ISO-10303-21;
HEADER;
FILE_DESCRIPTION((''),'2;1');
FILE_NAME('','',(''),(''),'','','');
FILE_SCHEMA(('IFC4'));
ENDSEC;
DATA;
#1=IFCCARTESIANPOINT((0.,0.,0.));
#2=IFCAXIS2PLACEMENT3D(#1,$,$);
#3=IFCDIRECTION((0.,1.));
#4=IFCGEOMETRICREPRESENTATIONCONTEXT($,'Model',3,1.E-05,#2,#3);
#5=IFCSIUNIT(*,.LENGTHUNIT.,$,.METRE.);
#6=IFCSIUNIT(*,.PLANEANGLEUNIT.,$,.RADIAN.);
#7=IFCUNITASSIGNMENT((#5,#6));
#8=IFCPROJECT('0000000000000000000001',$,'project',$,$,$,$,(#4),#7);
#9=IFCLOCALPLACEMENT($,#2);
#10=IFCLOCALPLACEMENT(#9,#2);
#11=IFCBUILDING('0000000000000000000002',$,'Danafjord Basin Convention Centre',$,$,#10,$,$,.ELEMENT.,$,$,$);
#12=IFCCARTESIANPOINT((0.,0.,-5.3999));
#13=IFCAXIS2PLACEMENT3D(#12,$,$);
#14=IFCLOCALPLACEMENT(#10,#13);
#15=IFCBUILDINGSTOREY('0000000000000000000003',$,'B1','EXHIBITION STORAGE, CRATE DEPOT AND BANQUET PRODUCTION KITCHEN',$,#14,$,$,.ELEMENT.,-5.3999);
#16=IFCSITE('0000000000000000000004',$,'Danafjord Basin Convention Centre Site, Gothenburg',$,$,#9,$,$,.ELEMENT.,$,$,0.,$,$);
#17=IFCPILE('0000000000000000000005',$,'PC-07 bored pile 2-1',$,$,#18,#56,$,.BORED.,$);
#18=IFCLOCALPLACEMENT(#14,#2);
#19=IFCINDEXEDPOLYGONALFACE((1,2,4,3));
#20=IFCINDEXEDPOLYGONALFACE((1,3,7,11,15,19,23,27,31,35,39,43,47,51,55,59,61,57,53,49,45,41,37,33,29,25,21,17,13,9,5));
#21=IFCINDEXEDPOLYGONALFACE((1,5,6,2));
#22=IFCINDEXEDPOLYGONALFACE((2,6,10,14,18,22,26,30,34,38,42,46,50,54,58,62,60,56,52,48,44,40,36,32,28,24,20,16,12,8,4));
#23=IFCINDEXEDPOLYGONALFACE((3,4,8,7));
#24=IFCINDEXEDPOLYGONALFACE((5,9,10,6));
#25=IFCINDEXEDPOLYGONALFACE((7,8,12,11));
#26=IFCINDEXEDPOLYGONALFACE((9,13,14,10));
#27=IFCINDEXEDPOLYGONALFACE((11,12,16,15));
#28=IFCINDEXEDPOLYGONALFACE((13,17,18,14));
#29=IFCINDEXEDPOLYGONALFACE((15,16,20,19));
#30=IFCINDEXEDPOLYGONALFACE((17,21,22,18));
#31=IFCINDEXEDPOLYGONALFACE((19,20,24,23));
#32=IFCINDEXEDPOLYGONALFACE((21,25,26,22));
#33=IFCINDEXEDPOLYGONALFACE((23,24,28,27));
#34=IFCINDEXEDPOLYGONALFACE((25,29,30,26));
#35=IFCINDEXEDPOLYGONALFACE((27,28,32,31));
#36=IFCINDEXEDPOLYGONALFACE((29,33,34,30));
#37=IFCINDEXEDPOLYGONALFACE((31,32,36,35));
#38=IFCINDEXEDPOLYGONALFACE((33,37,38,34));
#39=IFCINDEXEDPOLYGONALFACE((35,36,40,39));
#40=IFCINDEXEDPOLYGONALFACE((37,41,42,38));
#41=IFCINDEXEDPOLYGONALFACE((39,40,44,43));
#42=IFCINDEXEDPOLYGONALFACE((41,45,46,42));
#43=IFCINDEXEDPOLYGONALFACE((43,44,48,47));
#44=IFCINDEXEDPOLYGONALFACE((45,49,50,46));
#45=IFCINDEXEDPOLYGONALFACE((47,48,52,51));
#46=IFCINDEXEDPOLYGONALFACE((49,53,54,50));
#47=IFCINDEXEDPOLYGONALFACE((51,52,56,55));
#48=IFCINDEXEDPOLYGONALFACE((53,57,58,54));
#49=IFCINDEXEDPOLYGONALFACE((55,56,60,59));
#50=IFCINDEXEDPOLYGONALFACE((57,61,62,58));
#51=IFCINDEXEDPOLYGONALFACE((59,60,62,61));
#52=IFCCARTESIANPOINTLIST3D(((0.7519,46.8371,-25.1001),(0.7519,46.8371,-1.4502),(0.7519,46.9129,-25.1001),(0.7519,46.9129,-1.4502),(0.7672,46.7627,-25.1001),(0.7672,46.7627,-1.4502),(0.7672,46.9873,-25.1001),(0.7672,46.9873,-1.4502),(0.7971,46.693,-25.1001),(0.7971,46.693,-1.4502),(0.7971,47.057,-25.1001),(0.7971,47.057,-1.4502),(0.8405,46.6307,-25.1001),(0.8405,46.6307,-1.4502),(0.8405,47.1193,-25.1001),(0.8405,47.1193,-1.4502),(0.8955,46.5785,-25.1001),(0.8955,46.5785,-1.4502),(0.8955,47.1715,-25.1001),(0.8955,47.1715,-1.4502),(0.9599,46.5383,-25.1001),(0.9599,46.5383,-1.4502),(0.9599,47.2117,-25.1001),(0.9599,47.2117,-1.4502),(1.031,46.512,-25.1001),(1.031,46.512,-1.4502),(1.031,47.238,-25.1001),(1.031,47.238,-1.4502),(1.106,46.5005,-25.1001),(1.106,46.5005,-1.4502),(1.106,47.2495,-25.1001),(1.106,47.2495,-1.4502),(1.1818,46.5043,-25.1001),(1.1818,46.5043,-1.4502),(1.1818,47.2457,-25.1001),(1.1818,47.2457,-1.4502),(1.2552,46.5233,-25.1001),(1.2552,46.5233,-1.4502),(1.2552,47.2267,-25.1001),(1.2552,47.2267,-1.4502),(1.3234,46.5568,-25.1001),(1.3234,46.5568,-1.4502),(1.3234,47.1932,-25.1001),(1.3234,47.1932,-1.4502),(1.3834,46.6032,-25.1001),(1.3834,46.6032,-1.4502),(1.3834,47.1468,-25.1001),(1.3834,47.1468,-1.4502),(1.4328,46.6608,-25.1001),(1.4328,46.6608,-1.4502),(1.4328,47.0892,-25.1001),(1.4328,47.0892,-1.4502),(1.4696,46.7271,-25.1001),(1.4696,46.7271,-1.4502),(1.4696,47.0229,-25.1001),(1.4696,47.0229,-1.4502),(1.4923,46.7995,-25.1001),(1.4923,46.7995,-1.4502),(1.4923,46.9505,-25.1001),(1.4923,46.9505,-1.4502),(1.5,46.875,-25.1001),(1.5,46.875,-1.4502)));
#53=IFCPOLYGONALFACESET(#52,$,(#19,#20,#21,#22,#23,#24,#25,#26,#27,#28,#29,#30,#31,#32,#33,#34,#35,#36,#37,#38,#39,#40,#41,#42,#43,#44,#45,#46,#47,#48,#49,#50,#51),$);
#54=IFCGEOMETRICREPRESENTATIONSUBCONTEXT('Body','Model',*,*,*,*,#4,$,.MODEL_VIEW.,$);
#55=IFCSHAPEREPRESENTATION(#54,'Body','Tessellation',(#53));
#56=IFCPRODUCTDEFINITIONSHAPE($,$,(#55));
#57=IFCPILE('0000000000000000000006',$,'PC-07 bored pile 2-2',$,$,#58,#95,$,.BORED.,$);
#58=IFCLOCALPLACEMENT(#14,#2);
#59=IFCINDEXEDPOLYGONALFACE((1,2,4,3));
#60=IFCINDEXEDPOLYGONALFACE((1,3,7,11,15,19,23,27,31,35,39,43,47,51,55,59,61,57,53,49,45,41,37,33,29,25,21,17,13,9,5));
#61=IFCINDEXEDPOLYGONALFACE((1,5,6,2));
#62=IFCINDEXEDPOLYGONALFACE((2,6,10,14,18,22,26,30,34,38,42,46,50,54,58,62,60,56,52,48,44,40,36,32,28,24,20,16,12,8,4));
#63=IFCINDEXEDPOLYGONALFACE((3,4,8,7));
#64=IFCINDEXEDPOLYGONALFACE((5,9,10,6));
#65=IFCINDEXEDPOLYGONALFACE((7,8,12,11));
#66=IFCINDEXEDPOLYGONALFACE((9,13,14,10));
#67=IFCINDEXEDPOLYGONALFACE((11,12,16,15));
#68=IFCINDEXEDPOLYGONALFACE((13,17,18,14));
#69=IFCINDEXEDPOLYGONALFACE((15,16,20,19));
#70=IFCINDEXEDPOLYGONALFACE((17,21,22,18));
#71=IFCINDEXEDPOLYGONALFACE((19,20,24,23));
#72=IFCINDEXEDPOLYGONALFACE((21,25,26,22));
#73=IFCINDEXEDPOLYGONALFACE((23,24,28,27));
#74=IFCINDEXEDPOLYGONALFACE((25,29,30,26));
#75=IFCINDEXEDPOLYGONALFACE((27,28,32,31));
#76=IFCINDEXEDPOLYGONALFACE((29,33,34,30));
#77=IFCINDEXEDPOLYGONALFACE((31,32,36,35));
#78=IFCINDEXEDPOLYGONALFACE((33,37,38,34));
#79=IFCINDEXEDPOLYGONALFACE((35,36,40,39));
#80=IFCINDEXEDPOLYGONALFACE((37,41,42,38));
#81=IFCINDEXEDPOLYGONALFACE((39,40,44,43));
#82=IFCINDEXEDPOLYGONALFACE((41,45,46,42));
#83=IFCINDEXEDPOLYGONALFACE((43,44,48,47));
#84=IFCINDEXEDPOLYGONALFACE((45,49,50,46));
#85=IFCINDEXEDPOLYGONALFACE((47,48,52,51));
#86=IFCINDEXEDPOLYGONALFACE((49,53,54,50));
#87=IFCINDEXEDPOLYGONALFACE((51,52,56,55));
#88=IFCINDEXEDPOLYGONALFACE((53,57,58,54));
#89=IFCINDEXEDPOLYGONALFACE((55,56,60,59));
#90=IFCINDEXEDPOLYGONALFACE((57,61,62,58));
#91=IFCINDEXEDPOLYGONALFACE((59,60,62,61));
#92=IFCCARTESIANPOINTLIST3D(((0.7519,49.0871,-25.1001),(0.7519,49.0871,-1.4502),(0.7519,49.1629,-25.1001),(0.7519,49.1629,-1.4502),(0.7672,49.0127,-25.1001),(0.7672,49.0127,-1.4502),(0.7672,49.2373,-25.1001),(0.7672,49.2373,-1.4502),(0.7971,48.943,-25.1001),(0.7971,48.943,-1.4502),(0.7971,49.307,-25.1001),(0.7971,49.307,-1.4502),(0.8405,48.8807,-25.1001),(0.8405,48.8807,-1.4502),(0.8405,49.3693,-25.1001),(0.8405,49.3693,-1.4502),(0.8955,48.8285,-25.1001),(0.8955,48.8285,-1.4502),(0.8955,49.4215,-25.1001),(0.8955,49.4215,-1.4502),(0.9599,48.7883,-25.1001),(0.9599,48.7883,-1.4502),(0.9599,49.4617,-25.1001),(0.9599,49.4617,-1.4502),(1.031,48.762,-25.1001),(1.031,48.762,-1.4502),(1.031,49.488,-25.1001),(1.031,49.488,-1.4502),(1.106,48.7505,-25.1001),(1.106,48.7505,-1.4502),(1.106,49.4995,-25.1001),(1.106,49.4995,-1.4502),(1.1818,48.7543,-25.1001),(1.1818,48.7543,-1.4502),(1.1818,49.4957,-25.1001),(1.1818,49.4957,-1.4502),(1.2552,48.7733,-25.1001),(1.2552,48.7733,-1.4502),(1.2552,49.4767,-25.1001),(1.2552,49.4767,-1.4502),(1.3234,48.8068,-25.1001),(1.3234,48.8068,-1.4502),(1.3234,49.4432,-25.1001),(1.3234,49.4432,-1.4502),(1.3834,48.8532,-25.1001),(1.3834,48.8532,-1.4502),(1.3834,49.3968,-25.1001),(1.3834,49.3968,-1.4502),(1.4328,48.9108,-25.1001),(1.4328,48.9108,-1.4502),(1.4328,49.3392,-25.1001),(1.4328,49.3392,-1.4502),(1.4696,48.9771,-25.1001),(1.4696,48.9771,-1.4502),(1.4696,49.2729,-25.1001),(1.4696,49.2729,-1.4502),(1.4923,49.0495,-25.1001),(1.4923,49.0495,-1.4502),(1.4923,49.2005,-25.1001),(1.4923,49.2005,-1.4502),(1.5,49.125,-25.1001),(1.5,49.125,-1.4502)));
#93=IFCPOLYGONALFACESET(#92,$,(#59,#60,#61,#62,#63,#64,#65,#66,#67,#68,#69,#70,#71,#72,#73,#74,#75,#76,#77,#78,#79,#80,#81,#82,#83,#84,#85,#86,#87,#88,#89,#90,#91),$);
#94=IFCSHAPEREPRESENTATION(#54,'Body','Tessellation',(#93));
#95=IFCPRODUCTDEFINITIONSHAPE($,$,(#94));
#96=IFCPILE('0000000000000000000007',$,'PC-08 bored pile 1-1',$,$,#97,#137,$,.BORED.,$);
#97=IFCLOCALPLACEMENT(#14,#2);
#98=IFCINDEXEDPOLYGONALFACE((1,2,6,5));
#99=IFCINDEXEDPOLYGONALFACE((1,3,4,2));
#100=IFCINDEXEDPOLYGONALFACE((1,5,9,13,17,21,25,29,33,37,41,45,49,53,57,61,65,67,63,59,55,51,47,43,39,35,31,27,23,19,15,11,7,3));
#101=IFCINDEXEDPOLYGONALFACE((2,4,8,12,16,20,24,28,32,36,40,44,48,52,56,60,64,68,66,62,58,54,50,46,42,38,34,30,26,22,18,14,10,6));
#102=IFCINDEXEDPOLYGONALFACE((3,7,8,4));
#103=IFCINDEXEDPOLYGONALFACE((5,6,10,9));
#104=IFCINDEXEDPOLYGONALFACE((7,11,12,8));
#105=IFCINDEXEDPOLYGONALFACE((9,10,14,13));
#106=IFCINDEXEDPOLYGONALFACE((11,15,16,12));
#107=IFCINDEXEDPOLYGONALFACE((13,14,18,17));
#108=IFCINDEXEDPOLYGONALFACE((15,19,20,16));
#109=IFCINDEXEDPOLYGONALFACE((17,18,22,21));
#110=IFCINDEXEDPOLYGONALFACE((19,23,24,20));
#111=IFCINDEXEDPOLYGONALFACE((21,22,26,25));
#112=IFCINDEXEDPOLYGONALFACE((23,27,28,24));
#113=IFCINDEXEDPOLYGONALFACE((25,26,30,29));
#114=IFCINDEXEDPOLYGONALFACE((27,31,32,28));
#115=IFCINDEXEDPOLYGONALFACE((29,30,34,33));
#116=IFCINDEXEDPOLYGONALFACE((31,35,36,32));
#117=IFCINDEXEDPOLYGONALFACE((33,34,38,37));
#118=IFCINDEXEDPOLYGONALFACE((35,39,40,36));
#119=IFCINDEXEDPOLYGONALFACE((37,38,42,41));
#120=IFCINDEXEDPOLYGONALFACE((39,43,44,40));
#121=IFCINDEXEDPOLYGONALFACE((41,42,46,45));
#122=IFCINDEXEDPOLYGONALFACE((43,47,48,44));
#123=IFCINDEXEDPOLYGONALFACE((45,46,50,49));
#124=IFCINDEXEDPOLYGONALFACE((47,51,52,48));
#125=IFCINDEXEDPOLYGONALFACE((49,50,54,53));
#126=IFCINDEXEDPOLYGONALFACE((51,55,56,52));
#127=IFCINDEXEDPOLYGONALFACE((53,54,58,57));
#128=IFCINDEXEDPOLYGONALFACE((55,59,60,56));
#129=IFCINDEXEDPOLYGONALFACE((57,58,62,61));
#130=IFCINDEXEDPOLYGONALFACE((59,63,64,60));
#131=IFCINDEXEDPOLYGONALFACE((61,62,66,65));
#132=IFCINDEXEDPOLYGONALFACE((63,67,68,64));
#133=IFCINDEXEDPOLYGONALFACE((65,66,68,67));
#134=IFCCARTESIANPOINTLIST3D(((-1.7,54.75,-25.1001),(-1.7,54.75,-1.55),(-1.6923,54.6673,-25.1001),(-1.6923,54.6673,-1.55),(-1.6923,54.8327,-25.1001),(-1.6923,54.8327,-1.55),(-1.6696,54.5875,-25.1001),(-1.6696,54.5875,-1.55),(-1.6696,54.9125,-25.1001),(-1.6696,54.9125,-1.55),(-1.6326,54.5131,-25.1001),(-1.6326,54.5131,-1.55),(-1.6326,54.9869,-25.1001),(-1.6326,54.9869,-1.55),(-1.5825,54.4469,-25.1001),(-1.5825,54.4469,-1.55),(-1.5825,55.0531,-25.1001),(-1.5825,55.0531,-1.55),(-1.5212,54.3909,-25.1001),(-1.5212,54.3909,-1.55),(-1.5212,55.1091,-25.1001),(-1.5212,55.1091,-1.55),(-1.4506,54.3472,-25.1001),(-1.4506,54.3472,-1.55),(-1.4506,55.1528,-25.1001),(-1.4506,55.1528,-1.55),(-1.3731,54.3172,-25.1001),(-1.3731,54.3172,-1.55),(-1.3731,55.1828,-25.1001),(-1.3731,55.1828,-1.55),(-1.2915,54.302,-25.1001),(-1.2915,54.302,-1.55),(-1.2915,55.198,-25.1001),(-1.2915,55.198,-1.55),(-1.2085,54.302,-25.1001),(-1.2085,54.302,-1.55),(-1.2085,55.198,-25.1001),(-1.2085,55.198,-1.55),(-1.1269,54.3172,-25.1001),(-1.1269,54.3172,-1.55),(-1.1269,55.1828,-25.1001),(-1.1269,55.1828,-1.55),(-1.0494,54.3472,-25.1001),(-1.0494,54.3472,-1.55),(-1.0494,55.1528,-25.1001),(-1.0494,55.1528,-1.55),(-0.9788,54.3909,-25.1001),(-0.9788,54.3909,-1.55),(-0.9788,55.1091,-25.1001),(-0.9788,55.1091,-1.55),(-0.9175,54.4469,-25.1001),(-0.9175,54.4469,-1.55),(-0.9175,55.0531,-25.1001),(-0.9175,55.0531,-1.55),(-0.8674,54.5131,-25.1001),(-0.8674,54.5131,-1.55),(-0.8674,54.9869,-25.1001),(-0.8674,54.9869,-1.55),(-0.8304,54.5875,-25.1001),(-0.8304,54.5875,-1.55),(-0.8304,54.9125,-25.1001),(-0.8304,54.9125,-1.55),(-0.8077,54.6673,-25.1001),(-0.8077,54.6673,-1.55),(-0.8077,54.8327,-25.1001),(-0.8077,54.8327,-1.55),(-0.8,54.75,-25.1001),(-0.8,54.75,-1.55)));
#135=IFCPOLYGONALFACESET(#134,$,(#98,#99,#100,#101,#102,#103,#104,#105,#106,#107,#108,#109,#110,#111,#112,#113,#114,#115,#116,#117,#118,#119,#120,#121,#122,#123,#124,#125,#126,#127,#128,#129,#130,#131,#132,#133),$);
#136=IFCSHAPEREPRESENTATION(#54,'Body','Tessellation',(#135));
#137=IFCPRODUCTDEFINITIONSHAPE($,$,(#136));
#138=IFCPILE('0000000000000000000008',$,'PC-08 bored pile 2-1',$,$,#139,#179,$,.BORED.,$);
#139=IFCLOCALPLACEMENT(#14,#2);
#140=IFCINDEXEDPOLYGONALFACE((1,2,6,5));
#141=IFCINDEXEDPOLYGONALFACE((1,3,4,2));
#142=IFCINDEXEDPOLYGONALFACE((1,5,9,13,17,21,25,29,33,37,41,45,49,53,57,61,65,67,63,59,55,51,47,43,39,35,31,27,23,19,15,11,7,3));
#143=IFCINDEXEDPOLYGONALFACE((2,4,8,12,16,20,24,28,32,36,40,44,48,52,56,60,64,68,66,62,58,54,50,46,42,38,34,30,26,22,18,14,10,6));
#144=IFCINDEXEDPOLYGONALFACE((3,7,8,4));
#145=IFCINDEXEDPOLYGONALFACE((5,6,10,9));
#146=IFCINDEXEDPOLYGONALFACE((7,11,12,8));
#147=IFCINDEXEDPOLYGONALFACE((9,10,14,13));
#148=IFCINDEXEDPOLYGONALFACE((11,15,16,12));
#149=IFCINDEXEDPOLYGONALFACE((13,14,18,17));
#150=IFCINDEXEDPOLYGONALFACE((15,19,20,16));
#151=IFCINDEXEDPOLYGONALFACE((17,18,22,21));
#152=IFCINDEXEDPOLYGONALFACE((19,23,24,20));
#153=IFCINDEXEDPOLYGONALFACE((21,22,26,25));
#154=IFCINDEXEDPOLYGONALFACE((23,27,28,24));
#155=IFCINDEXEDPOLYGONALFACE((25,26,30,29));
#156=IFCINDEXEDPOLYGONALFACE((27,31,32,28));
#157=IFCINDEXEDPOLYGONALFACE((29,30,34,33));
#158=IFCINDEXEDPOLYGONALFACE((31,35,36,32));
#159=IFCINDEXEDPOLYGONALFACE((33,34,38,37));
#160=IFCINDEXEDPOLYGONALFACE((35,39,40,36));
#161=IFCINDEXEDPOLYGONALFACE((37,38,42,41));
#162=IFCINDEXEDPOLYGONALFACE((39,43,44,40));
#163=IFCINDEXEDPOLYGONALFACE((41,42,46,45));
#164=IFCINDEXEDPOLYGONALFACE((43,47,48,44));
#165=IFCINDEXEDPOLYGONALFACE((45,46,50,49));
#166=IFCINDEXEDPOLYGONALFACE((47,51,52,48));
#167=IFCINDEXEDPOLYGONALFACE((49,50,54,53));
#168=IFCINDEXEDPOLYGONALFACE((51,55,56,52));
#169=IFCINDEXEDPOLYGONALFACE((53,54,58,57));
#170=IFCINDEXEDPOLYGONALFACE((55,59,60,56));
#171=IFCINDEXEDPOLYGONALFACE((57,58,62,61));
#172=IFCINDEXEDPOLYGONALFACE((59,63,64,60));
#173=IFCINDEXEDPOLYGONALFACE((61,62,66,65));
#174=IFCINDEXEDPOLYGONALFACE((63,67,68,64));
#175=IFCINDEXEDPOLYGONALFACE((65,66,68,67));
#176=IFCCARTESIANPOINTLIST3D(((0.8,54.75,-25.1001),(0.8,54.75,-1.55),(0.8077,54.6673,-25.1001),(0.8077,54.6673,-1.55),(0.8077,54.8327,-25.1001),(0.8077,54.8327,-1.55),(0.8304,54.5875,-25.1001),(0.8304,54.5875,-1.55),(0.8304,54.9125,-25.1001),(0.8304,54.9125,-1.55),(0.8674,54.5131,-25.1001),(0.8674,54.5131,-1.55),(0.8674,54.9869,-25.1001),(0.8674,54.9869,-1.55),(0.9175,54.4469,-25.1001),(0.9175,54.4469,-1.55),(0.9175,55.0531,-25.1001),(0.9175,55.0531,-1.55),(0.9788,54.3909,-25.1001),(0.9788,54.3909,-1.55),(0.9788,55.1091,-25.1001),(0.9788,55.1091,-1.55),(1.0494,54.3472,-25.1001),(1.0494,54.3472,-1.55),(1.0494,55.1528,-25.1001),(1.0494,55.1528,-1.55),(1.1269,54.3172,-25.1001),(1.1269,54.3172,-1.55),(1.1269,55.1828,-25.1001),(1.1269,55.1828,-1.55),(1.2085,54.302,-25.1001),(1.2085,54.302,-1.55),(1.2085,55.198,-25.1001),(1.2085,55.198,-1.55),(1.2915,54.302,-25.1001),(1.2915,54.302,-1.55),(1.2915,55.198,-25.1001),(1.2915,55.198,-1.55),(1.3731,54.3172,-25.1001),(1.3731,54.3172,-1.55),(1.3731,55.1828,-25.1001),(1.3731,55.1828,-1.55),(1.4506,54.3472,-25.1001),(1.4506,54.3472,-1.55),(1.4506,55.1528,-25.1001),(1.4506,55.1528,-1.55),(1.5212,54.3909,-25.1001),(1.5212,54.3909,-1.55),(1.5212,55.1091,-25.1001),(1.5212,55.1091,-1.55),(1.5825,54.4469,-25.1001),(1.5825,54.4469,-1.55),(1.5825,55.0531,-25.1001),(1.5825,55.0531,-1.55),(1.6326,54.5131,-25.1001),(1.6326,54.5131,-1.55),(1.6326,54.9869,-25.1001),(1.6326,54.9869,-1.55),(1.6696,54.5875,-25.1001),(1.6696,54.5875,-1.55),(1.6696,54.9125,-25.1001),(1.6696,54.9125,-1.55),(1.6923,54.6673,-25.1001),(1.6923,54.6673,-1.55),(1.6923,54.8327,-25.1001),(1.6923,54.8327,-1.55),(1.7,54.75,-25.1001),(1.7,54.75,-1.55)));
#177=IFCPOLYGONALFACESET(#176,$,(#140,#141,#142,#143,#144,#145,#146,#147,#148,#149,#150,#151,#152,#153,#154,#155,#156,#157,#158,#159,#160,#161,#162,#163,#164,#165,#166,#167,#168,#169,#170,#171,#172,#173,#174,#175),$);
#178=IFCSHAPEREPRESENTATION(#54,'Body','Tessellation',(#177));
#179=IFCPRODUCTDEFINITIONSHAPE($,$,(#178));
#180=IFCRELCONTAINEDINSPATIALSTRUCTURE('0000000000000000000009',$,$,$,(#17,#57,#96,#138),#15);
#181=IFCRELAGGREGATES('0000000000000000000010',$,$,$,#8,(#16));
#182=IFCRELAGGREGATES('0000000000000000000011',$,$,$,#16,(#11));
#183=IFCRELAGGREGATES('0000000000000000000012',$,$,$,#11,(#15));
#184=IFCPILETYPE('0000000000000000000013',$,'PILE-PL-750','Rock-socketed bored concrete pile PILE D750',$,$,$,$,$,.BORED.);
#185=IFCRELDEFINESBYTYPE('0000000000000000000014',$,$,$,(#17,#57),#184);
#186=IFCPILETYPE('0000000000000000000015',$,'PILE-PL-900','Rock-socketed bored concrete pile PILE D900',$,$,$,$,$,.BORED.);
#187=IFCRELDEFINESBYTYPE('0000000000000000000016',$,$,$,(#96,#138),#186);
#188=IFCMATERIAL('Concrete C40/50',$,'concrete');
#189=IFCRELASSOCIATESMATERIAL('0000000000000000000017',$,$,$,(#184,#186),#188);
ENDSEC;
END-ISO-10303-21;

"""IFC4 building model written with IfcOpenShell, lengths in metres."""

from ifc_helpers import new_model, si_unit, direction, frame, origin, origin_2d, place, context, subcontext, project, spatial, circle, extrude, material, material_profile, profile_set, type_object, element, save


model = new_model("IFC4")

# Units and contexts
model_context = context("Model", 3, precision=1e-05, world=origin(), true_north=direction((0.0, 1.0)))
body_context = subcontext(model_context, "Body", "Model", "MODEL_VIEW")
ifc_project = project(units=[si_unit("LENGTHUNIT", "METRE"), si_unit("PLANEANGLEUNIT", "RADIAN")], contexts=[model_context])

# Site, building, storey
site_placement = place(None, origin())
site = spatial("IfcSite", under=ifc_project, at=site_placement, Name="Danafjord Basin Convention Centre Site, Gothenburg", CompositionType="ELEMENT", RefElevation=0.0)
building_placement = place(site_placement, origin())
building = spatial("IfcBuilding", under=site, at=building_placement, Name="Danafjord Basin Convention Centre", CompositionType="ELEMENT")
storey_placement = place(building_placement, frame((0.0, 0.0, -5.3999)))
storey = spatial("IfcBuildingStorey", under=building, at=storey_placement, Name="B1", Description="EXHIBITION STORAGE, CRATE DEPOT AND BANQUET PRODUCTION KITCHEN", CompositionType="ELEMENT", Elevation=-5.3999)

# Shared definitions
ifc_material_1 = material(Name="Concrete C40/50", Category="concrete")

# Piles
ifc_material_profile_1 = material_profile(ifc_material_1, circle(Radius=0.375, at=origin_2d()), Name="PILE D750")
ifc_profile_set_1 = profile_set([ifc_material_profile_1], Name="Concrete C40/50")
pile_type_1 = type_object("IfcPileType", Name="PILE-PL-750", Description="Rock-socketed bored concrete pile PILE D750", PredefinedType="BORED", material=ifc_profile_set_1)
for number, where, z_axis, x_axis, name in (
    (1, (1.125, 46.875, -1.4502), (0.0, 0.0, -1.0), (1.0, 0.0, 0.0), "PC-07 bored pile 2-1"),
    (2, (1.125, 49.125, -1.4502), (0.0, 0.0, -1.0), (1.0, 0.0, 0.0), "PC-07 bored pile 2-2"),
):
    element("IfcPile", number, at=place(storey_placement, frame(where, z_axis=z_axis, x_axis=x_axis)), inside=storey, type_object=pile_type_1, Name=name, PredefinedType="BORED", context=body_context, shape_type="SweptSolid", body=[
        extrude(circle(Radius=0.375, at=origin_2d()), origin(), (0.0, 0.0, 1.0), 23.6499),
    ])
ifc_material_profile_2 = material_profile(ifc_material_1, circle(Radius=0.45, at=origin_2d()), Name="PILE D900")
ifc_profile_set_2 = profile_set([ifc_material_profile_2], Name="Concrete C40/50")
pile_type_2 = type_object("IfcPileType", Name="PILE-PL-900", Description="Rock-socketed bored concrete pile PILE D900", PredefinedType="BORED", material=ifc_profile_set_2)
for number, where, z_axis, x_axis, name in (
    (3, (-1.25, 54.75, -1.55), (0.0, 0.0, -1.0), (1.0, 0.0, 0.0), "PC-08 bored pile 1-1"),
    (4, (1.25, 54.75, -1.55), (0.0, 0.0, -1.0), (1.0, 0.0, 0.0), "PC-08 bored pile 2-1"),
):
    element("IfcPile", number, at=place(storey_placement, frame(where, z_axis=z_axis, x_axis=x_axis)), inside=storey, type_object=pile_type_2, Name=name, PredefinedType="BORED", context=body_context, shape_type="SweptSolid", body=[
        extrude(circle(Radius=0.45, at=origin_2d()), origin(), (0.0, 0.0, 1.0), 23.55),
    ])

save(model, "model.ifc")
